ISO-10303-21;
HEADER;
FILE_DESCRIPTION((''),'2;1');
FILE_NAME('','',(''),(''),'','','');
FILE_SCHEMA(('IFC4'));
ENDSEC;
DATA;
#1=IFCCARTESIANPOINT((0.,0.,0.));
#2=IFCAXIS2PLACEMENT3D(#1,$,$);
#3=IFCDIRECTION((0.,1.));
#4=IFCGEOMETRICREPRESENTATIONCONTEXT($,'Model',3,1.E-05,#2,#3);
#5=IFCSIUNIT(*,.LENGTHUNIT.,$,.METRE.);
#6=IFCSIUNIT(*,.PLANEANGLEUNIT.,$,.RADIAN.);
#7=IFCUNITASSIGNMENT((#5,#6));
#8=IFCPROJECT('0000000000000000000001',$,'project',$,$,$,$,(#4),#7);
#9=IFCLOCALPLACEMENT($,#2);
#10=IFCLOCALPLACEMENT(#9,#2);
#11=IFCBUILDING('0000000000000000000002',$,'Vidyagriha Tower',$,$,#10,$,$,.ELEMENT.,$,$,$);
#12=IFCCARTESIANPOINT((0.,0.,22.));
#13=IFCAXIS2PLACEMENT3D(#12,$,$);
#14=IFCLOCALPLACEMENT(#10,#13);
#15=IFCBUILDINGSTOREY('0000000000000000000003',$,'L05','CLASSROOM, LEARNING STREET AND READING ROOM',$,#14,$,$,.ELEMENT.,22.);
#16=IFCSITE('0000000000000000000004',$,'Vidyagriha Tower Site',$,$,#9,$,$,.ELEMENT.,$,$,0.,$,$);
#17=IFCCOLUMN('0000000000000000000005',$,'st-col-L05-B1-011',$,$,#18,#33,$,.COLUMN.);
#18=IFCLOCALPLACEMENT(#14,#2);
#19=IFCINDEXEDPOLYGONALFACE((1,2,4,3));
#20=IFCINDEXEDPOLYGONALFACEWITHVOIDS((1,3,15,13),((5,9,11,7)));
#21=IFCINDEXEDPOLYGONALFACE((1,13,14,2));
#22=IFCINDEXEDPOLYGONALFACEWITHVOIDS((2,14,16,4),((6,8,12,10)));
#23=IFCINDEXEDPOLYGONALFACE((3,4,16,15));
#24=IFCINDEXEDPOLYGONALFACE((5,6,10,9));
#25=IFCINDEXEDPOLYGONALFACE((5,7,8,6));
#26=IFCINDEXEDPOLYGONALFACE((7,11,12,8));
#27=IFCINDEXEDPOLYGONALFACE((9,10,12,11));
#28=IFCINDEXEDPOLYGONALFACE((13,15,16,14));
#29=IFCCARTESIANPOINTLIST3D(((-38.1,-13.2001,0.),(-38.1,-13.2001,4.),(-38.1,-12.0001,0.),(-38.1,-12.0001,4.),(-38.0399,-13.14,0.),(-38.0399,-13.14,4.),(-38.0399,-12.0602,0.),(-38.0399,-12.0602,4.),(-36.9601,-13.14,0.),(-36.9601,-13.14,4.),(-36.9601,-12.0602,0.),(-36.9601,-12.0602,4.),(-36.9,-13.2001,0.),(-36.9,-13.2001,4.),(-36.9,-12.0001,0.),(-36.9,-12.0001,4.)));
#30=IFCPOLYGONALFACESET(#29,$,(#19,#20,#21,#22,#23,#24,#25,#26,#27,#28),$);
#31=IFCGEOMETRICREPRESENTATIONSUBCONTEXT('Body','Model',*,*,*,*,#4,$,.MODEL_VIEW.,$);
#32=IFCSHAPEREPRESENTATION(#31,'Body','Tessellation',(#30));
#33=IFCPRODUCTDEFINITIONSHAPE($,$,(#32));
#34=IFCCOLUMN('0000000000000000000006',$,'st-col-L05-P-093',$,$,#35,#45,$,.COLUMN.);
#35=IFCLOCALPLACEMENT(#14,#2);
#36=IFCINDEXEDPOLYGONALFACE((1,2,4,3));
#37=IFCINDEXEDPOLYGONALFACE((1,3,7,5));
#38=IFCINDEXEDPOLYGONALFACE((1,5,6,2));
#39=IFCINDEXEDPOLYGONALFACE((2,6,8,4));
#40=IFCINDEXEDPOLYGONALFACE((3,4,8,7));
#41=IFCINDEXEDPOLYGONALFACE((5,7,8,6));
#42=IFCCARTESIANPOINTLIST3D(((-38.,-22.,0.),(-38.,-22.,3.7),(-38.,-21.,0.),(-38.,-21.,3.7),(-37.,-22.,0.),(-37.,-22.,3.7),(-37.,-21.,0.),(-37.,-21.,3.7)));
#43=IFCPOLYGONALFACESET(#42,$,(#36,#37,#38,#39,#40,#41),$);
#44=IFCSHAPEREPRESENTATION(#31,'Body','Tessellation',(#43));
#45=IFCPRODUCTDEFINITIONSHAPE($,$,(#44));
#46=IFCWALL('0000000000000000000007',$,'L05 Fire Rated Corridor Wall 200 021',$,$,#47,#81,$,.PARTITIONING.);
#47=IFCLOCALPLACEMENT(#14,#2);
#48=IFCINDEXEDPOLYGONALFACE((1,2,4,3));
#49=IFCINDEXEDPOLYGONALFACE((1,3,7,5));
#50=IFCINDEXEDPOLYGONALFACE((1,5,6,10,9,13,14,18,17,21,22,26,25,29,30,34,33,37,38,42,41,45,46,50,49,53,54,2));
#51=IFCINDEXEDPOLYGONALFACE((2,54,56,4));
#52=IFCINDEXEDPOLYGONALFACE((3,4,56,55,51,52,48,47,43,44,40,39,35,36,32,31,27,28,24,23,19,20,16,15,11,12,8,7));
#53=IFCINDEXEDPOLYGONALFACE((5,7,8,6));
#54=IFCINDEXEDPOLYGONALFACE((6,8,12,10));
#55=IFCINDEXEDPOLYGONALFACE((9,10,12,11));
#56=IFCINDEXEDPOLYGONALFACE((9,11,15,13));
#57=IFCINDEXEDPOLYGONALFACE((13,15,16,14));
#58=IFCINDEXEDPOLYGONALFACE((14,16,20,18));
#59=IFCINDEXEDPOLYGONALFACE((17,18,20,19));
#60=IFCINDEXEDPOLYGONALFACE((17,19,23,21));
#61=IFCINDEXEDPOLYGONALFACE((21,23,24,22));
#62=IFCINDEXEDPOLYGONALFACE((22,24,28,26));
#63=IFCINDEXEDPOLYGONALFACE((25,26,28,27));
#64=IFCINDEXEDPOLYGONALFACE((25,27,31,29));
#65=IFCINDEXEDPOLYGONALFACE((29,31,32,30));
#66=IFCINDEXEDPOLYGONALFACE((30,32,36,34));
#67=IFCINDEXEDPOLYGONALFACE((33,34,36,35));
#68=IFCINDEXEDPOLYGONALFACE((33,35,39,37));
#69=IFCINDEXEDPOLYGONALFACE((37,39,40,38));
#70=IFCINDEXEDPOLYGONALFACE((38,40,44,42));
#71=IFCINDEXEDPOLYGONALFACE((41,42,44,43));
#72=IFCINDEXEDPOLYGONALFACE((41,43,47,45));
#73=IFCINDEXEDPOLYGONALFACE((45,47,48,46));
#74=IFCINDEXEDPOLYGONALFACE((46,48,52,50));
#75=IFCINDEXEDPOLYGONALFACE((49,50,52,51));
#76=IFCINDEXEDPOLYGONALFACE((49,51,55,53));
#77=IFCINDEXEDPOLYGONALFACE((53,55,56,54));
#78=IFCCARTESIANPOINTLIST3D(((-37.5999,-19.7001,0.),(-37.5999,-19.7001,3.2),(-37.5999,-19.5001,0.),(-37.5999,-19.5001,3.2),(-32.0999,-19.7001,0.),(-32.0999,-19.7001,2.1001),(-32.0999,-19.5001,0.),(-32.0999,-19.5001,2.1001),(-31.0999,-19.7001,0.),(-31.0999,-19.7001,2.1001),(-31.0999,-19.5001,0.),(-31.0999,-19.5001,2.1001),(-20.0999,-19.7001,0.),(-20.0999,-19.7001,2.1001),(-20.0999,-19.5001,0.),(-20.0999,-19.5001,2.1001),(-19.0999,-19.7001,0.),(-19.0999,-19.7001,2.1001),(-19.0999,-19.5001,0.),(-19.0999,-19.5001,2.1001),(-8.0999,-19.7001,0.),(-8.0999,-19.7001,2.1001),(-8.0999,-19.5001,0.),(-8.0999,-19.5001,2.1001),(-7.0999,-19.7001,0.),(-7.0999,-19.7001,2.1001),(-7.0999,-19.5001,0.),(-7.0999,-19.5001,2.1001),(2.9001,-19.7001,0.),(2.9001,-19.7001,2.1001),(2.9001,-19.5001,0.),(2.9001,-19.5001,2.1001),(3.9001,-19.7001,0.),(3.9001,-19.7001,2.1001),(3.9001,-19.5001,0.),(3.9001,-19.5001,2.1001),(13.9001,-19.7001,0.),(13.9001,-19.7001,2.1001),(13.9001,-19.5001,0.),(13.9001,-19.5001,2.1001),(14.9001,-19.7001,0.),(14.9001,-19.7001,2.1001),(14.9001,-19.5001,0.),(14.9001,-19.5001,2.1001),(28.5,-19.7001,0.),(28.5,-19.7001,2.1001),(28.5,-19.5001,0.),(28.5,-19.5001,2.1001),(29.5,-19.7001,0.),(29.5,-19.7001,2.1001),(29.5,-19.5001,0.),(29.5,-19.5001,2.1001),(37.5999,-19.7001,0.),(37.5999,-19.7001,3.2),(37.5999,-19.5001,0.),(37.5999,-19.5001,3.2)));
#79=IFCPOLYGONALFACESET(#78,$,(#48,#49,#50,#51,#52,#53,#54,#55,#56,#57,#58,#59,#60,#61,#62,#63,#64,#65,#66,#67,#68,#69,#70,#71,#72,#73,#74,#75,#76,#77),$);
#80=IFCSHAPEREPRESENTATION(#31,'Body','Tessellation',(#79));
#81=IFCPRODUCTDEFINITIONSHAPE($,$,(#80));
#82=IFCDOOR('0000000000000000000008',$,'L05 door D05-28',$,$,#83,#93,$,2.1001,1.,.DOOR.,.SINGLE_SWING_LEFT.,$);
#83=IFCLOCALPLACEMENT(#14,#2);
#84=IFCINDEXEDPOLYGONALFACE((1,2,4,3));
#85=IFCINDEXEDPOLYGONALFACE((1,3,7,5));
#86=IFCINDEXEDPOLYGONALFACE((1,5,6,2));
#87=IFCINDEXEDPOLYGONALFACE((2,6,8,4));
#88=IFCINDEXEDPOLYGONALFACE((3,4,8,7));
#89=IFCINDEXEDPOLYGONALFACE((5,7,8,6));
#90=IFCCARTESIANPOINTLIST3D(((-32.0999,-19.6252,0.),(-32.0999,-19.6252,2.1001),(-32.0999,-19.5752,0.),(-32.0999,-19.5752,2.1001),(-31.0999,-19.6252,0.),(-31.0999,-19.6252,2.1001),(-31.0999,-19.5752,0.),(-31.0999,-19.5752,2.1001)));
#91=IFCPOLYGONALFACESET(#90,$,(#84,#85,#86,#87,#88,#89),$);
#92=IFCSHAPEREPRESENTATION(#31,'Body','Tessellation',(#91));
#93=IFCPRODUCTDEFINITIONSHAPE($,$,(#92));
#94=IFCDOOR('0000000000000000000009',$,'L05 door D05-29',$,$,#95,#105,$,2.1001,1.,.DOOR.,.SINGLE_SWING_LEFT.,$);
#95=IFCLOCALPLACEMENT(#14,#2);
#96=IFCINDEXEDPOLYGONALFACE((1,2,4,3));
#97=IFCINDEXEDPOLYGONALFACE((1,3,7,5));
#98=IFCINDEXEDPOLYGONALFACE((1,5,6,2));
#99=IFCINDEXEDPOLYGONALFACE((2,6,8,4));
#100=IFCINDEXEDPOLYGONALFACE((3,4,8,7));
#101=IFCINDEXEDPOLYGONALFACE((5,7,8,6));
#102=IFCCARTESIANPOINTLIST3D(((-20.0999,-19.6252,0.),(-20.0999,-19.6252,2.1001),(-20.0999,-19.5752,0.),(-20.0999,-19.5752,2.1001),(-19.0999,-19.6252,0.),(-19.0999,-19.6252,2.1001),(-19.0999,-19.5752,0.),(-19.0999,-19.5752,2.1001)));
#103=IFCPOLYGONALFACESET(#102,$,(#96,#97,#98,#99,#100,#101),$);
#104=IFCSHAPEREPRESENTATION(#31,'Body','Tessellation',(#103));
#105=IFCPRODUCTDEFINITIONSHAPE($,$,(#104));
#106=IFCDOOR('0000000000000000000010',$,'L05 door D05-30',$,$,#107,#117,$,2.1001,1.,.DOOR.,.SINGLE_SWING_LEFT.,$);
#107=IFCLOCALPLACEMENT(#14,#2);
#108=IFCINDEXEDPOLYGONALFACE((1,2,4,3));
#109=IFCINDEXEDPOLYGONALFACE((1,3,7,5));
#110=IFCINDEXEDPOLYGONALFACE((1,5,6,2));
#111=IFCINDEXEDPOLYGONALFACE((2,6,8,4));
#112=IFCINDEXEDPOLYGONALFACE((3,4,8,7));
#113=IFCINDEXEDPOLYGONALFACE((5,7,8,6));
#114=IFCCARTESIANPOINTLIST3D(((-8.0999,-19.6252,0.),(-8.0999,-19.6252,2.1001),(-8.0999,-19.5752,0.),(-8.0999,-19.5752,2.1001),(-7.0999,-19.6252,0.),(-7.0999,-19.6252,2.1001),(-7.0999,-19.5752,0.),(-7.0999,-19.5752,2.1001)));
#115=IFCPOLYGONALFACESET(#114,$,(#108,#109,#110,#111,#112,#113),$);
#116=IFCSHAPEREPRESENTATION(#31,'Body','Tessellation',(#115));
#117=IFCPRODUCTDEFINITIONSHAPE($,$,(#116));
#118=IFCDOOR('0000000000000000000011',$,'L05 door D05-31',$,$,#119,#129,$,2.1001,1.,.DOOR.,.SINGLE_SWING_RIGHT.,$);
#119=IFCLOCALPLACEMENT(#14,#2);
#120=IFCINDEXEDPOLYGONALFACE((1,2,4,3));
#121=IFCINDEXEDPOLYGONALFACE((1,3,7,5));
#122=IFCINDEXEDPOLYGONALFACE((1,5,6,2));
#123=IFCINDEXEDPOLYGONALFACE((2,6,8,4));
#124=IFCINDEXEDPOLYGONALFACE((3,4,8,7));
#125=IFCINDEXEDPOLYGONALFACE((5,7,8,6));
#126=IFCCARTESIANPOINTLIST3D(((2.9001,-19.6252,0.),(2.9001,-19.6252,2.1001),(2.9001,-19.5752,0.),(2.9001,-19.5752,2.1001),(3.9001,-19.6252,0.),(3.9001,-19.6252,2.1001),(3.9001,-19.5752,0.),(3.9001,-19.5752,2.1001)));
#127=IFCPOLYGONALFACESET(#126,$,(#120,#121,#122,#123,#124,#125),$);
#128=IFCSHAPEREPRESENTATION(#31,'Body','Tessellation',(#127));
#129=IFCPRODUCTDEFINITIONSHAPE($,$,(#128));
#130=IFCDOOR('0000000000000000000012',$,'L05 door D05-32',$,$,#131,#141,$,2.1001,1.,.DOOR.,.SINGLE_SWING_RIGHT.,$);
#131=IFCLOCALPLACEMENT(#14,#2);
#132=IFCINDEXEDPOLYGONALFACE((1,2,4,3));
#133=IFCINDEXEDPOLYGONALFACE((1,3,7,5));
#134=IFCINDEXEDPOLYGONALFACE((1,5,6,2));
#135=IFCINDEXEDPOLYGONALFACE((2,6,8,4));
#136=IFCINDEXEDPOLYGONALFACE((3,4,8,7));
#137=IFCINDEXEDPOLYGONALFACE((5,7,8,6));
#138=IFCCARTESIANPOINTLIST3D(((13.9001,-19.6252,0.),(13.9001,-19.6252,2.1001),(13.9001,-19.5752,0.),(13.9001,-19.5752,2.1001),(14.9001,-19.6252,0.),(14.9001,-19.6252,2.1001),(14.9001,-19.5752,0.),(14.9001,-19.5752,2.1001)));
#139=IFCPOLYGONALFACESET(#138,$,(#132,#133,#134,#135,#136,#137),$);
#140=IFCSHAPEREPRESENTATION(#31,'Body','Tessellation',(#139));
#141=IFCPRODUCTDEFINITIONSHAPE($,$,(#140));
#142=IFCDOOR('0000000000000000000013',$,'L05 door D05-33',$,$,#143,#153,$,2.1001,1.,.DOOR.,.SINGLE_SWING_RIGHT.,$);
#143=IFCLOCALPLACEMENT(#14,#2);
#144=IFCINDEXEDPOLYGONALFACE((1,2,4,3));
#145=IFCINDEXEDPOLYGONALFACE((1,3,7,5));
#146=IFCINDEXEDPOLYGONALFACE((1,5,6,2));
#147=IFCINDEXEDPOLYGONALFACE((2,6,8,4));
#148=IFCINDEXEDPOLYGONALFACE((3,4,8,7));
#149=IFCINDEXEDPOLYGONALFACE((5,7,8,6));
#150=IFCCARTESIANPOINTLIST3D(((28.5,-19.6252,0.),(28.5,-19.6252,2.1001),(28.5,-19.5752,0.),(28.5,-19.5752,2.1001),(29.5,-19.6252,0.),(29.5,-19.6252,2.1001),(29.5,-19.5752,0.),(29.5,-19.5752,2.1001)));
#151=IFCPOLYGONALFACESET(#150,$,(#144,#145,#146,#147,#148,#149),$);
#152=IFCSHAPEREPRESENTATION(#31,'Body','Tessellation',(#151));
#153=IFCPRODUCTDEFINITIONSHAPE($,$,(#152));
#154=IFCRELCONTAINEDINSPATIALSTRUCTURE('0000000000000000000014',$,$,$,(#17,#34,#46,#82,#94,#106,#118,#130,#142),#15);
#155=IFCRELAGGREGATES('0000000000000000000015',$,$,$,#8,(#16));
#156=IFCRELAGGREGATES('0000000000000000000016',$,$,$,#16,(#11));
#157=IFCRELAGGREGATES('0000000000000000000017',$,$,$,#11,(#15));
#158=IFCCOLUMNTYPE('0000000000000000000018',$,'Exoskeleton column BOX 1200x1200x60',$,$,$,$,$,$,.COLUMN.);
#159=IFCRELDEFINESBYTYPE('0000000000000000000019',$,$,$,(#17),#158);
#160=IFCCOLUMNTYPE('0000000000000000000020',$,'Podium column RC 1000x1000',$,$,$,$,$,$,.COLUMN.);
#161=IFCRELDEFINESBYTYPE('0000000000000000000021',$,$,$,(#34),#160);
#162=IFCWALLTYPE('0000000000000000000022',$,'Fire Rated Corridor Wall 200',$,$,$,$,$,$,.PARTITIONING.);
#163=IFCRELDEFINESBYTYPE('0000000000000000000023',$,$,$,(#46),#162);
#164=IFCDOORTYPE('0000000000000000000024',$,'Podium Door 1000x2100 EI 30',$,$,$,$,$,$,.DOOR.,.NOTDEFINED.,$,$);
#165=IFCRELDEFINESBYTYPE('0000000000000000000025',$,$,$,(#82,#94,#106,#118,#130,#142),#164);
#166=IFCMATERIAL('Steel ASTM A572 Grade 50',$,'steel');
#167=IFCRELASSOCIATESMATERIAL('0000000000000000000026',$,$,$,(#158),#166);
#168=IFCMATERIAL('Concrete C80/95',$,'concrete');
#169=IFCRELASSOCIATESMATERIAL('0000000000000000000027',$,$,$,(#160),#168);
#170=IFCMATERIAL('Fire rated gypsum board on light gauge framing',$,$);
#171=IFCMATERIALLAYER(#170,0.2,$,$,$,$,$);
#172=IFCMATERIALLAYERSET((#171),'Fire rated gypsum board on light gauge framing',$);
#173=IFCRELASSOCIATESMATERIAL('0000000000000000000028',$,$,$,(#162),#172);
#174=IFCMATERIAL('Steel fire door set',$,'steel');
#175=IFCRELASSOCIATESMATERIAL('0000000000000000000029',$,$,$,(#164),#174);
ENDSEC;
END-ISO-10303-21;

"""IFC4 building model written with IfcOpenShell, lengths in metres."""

from ifc_helpers import new_model, si_unit, direction, frame, frame_2d, origin, origin_2d, place, context, subcontext, project, spatial, rectangle, hollow_rectangle, extrude, material, layer, layer_set, material_profile, profile_set, type_object, element, fill, save


model = new_model("IFC4")

# Units and contexts
model_context = context("Model", 3, precision=1e-05, world=origin(), true_north=direction((0.0, 1.0)))
body_context = subcontext(model_context, "Body", "Model", "MODEL_VIEW")
ifc_project = project(units=[si_unit("LENGTHUNIT", "METRE"), si_unit("PLANEANGLEUNIT", "RADIAN")], contexts=[model_context])

# Site, building, storey
site_placement = place(None, origin())
site = spatial("IfcSite", under=ifc_project, at=site_placement, Name="Vidyagriha Tower Site", CompositionType="ELEMENT", RefElevation=0.0)
building_placement = place(site_placement, origin())
building = spatial("IfcBuilding", under=site, at=building_placement, Name="Vidyagriha Tower", CompositionType="ELEMENT")
storey_placement = place(building_placement, frame((0.0, 0.0, 22.0)))
storey = spatial("IfcBuildingStorey", under=building, at=storey_placement, Name="L05", Description="CLASSROOM, LEARNING STREET AND READING ROOM", CompositionType="ELEMENT", Elevation=22.0)

# Columns
ifc_material_1 = material(Name="Steel ASTM A572 Grade 50", Category="steel")
ifc_material_profile_1 = material_profile(ifc_material_1, hollow_rectangle(XDim=1.2, YDim=1.2, WallThickness=0.0601, at=origin_2d()), Name="BOX 1200x1200x60")
ifc_profile_set_1 = profile_set([ifc_material_profile_1], Name="Steel ASTM A572 Grade 50")
column_type_1 = type_object("IfcColumnType", Name="Exoskeleton column BOX 1200x1200x60", PredefinedType="COLUMN", material=ifc_profile_set_1)
column_1_placement = place(storey_placement, frame((-37.5, -12.6001, 0.0)))
element("IfcColumn", 1, at=column_1_placement, inside=storey, type_object=column_type_1, Name="st-col-L05-B1-011", PredefinedType="COLUMN", context=body_context, shape_type="SweptSolid", body=[
    extrude(hollow_rectangle(XDim=1.2, YDim=1.2, WallThickness=0.0601, at=origin_2d()), origin(), (0.0, 0.0, 1.0), 4.0),
])
ifc_material_2 = material(Name="Concrete C80/95", Category="concrete")
ifc_material_profile_2 = material_profile(ifc_material_2, rectangle(XDim=1.0, YDim=1.0, at=origin_2d()), Name="RC 1000x1000")
ifc_profile_set_2 = profile_set([ifc_material_profile_2], Name="Concrete C80/95")
column_type_2 = type_object("IfcColumnType", Name="Podium column RC 1000x1000", PredefinedType="COLUMN", material=ifc_profile_set_2)
column_2_placement = place(storey_placement, frame((-37.5, -21.5, 0.0)))
element("IfcColumn", 2, at=column_2_placement, inside=storey, type_object=column_type_2, Name="st-col-L05-P-093", PredefinedType="COLUMN", context=body_context, shape_type="SweptSolid", body=[
    extrude(rectangle(XDim=1.0, YDim=1.0, at=origin_2d()), origin(), (0.0, 0.0, 1.0), 3.7),
])

# Wall, openings, doors
ifc_material_3 = material(Name="Fire rated gypsum board on light gauge framing")
ifc_layer_1 = layer(ifc_material_3, 0.2)
ifc_layer_set_1 = layer_set([ifc_layer_1], Name="Fire rated gypsum board on light gauge framing")
wall_type = type_object("IfcWallType", Name="Fire Rated Corridor Wall 200", PredefinedType="PARTITIONING", material=ifc_layer_set_1)
wall_1_placement = place(storey_placement, frame((-37.5999, -19.6001, 0.0)))
wall_1 = element("IfcWall", 3, at=wall_1_placement, inside=storey, type_object=wall_type, Name="L05 Fire Rated Corridor Wall 200 021", PredefinedType="PARTITIONING", context=body_context, shape_type="SweptSolid", body=[
    extrude(rectangle(XDim=75.1997, YDim=0.2, at=frame_2d((37.5999, 0.0))), origin(), (0.0, 0.0, 1.0), 3.2),
])
opening_1_placement = place(wall_1_placement, frame((5.5, 0.0, 0.0)))
opening_1 = element("IfcOpeningElement", 4, at=opening_1_placement, cuts=wall_1, PredefinedType="OPENING", context=body_context, shape_type="SweptSolid", body=[
    extrude(rectangle(XDim=1.0, YDim=2.1001, at=frame_2d((0.5, 1.05))), frame((0.0, 0.1099, 0.0), z_axis=(0.0, -1.0, 0.0), x_axis=(1.0, 0.0, 0.0)), (0.0, 0.0, 1.0), 0.22),
])
opening_2_placement = place(wall_1_placement, frame((17.5, 0.0, 0.0)))
opening_2 = element("IfcOpeningElement", 5, at=opening_2_placement, cuts=wall_1, PredefinedType="OPENING", context=body_context, shape_type="SweptSolid", body=[
    extrude(rectangle(XDim=1.0, YDim=2.1001, at=frame_2d((0.5, 1.05))), frame((0.0, 0.1099, 0.0), z_axis=(0.0, -1.0, 0.0), x_axis=(1.0, 0.0, 0.0)), (0.0, 0.0, 1.0), 0.22),
])
opening_3_placement = place(wall_1_placement, frame((29.5, 0.0, 0.0)))
opening_3 = element("IfcOpeningElement", 6, at=opening_3_placement, cuts=wall_1, PredefinedType="OPENING", context=body_context, shape_type="SweptSolid", body=[
    extrude(rectangle(XDim=1.0, YDim=2.1001, at=frame_2d((0.5, 1.05))), frame((0.0, 0.1099, 0.0), z_axis=(0.0, -1.0, 0.0), x_axis=(1.0, 0.0, 0.0)), (0.0, 0.0, 1.0), 0.22),
])
opening_4_placement = place(wall_1_placement, frame((40.5, 0.0, 0.0)))
opening_4 = element("IfcOpeningElement", 7, at=opening_4_placement, cuts=wall_1, PredefinedType="OPENING", context=body_context, shape_type="SweptSolid", body=[
    extrude(rectangle(XDim=1.0, YDim=2.1001, at=frame_2d((0.5, 1.05))), frame((0.0, 0.1099, 0.0), z_axis=(0.0, -1.0, 0.0), x_axis=(1.0, 0.0, 0.0)), (0.0, 0.0, 1.0), 0.22),
])
opening_5_placement = place(wall_1_placement, frame((51.5, 0.0, 0.0)))
opening_5 = element("IfcOpeningElement", 8, at=opening_5_placement, cuts=wall_1, PredefinedType="OPENING", context=body_context, shape_type="SweptSolid", body=[
    extrude(rectangle(XDim=1.0, YDim=2.1001, at=frame_2d((0.5, 1.05))), frame((0.0, 0.1099, 0.0), z_axis=(0.0, -1.0, 0.0), x_axis=(1.0, 0.0, 0.0)), (0.0, 0.0, 1.0), 0.22),
])
opening_6_placement = place(wall_1_placement, frame((66.0999, 0.0, 0.0)))
opening_6 = element("IfcOpeningElement", 9, at=opening_6_placement, cuts=wall_1, PredefinedType="OPENING", context=body_context, shape_type="SweptSolid", body=[
    extrude(rectangle(XDim=1.0, YDim=2.1001, at=frame_2d((0.5, 1.05))), frame((0.0, 0.1099, 0.0), z_axis=(0.0, -1.0, 0.0), x_axis=(1.0, 0.0, 0.0)), (0.0, 0.0, 1.0), 0.22),
])
ifc_material_4 = material(Name="Steel fire door set", Category="steel")
door_type_1 = type_object("IfcDoorType", Name="Podium Door 1000x2100 EI 30", OperationType="NOTDEFINED", PredefinedType="DOOR", material=ifc_material_4)
door_1_placement = place(opening_1_placement, origin())
door_1 = element("IfcDoor", 10, at=door_1_placement, inside=storey, type_object=door_type_1, Name="L05 door D05-28", OperationType="SINGLE_SWING_LEFT", OverallHeight=2.1001, OverallWidth=1.0, PredefinedType="DOOR", context=body_context, shape_type="SweptSolid", body=[
    extrude(rectangle(XDim=1.0, YDim=2.1001, at=frame_2d((0.5, 1.05))), frame((0.0, 0.0249, 0.0), z_axis=(0.0, -1.0, 0.0), x_axis=(1.0, 0.0, 0.0)), (0.0, 0.0, 1.0), 0.05),
])
fill(opening_1, door_1)
door_2_placement = place(opening_2_placement, origin())
door_2 = element("IfcDoor", 11, at=door_2_placement, inside=storey, type_object=door_type_1, Name="L05 door D05-29", OperationType="SINGLE_SWING_LEFT", OverallHeight=2.1001, OverallWidth=1.0, PredefinedType="DOOR", context=body_context, shape_type="SweptSolid", body=[
    extrude(rectangle(XDim=1.0, YDim=2.1001, at=frame_2d((0.5, 1.05))), frame((0.0, 0.0249, 0.0), z_axis=(0.0, -1.0, 0.0), x_axis=(1.0, 0.0, 0.0)), (0.0, 0.0, 1.0), 0.05),
])
fill(opening_2, door_2)
door_3_placement = place(opening_3_placement, origin())
door_3 = element("IfcDoor", 12, at=door_3_placement, inside=storey, type_object=door_type_1, Name="L05 door D05-30", OperationType="SINGLE_SWING_LEFT", OverallHeight=2.1001, OverallWidth=1.0, PredefinedType="DOOR", context=body_context, shape_type="SweptSolid", body=[
    extrude(rectangle(XDim=1.0, YDim=2.1001, at=frame_2d((0.5, 1.05))), frame((0.0, 0.0249, 0.0), z_axis=(0.0, -1.0, 0.0), x_axis=(1.0, 0.0, 0.0)), (0.0, 0.0, 1.0), 0.05),
])
fill(opening_3, door_3)
door_4_placement = place(opening_4_placement, origin())
door_4 = element("IfcDoor", 13, at=door_4_placement, inside=storey, type_object=door_type_1, Name="L05 door D05-31", OperationType="SINGLE_SWING_RIGHT", OverallHeight=2.1001, OverallWidth=1.0, PredefinedType="DOOR", context=body_context, shape_type="SweptSolid", body=[
    extrude(rectangle(XDim=1.0, YDim=2.1001, at=frame_2d((0.5, 1.05))), frame((0.0, 0.0249, 0.0), z_axis=(0.0, -1.0, 0.0), x_axis=(1.0, 0.0, 0.0)), (0.0, 0.0, 1.0), 0.05),
])
fill(opening_4, door_4)
door_5_placement = place(opening_5_placement, origin())
door_5 = element("IfcDoor", 14, at=door_5_placement, inside=storey, type_object=door_type_1, Name="L05 door D05-32", OperationType="SINGLE_SWING_RIGHT", OverallHeight=2.1001, OverallWidth=1.0, PredefinedType="DOOR", context=body_context, shape_type="SweptSolid", body=[
    extrude(rectangle(XDim=1.0, YDim=2.1001, at=frame_2d((0.5, 1.05))), frame((0.0, 0.0249, 0.0), z_axis=(0.0, -1.0, 0.0), x_axis=(1.0, 0.0, 0.0)), (0.0, 0.0, 1.0), 0.05),
])
fill(opening_5, door_5)
door_6_placement = place(opening_6_placement, origin())
door_6 = element("IfcDoor", 15, at=door_6_placement, inside=storey, type_object=door_type_1, Name="L05 door D05-33", OperationType="SINGLE_SWING_RIGHT", OverallHeight=2.1001, OverallWidth=1.0, PredefinedType="DOOR", context=body_context, shape_type="SweptSolid", body=[
    extrude(rectangle(XDim=1.0, YDim=2.1001, at=frame_2d((0.5, 1.05))), frame((0.0, 0.0249, 0.0), z_axis=(0.0, -1.0, 0.0), x_axis=(1.0, 0.0, 0.0)), (0.0, 0.0, 1.0), 0.05),
])
fill(opening_6, door_6)

save(model, "model.ifc")
